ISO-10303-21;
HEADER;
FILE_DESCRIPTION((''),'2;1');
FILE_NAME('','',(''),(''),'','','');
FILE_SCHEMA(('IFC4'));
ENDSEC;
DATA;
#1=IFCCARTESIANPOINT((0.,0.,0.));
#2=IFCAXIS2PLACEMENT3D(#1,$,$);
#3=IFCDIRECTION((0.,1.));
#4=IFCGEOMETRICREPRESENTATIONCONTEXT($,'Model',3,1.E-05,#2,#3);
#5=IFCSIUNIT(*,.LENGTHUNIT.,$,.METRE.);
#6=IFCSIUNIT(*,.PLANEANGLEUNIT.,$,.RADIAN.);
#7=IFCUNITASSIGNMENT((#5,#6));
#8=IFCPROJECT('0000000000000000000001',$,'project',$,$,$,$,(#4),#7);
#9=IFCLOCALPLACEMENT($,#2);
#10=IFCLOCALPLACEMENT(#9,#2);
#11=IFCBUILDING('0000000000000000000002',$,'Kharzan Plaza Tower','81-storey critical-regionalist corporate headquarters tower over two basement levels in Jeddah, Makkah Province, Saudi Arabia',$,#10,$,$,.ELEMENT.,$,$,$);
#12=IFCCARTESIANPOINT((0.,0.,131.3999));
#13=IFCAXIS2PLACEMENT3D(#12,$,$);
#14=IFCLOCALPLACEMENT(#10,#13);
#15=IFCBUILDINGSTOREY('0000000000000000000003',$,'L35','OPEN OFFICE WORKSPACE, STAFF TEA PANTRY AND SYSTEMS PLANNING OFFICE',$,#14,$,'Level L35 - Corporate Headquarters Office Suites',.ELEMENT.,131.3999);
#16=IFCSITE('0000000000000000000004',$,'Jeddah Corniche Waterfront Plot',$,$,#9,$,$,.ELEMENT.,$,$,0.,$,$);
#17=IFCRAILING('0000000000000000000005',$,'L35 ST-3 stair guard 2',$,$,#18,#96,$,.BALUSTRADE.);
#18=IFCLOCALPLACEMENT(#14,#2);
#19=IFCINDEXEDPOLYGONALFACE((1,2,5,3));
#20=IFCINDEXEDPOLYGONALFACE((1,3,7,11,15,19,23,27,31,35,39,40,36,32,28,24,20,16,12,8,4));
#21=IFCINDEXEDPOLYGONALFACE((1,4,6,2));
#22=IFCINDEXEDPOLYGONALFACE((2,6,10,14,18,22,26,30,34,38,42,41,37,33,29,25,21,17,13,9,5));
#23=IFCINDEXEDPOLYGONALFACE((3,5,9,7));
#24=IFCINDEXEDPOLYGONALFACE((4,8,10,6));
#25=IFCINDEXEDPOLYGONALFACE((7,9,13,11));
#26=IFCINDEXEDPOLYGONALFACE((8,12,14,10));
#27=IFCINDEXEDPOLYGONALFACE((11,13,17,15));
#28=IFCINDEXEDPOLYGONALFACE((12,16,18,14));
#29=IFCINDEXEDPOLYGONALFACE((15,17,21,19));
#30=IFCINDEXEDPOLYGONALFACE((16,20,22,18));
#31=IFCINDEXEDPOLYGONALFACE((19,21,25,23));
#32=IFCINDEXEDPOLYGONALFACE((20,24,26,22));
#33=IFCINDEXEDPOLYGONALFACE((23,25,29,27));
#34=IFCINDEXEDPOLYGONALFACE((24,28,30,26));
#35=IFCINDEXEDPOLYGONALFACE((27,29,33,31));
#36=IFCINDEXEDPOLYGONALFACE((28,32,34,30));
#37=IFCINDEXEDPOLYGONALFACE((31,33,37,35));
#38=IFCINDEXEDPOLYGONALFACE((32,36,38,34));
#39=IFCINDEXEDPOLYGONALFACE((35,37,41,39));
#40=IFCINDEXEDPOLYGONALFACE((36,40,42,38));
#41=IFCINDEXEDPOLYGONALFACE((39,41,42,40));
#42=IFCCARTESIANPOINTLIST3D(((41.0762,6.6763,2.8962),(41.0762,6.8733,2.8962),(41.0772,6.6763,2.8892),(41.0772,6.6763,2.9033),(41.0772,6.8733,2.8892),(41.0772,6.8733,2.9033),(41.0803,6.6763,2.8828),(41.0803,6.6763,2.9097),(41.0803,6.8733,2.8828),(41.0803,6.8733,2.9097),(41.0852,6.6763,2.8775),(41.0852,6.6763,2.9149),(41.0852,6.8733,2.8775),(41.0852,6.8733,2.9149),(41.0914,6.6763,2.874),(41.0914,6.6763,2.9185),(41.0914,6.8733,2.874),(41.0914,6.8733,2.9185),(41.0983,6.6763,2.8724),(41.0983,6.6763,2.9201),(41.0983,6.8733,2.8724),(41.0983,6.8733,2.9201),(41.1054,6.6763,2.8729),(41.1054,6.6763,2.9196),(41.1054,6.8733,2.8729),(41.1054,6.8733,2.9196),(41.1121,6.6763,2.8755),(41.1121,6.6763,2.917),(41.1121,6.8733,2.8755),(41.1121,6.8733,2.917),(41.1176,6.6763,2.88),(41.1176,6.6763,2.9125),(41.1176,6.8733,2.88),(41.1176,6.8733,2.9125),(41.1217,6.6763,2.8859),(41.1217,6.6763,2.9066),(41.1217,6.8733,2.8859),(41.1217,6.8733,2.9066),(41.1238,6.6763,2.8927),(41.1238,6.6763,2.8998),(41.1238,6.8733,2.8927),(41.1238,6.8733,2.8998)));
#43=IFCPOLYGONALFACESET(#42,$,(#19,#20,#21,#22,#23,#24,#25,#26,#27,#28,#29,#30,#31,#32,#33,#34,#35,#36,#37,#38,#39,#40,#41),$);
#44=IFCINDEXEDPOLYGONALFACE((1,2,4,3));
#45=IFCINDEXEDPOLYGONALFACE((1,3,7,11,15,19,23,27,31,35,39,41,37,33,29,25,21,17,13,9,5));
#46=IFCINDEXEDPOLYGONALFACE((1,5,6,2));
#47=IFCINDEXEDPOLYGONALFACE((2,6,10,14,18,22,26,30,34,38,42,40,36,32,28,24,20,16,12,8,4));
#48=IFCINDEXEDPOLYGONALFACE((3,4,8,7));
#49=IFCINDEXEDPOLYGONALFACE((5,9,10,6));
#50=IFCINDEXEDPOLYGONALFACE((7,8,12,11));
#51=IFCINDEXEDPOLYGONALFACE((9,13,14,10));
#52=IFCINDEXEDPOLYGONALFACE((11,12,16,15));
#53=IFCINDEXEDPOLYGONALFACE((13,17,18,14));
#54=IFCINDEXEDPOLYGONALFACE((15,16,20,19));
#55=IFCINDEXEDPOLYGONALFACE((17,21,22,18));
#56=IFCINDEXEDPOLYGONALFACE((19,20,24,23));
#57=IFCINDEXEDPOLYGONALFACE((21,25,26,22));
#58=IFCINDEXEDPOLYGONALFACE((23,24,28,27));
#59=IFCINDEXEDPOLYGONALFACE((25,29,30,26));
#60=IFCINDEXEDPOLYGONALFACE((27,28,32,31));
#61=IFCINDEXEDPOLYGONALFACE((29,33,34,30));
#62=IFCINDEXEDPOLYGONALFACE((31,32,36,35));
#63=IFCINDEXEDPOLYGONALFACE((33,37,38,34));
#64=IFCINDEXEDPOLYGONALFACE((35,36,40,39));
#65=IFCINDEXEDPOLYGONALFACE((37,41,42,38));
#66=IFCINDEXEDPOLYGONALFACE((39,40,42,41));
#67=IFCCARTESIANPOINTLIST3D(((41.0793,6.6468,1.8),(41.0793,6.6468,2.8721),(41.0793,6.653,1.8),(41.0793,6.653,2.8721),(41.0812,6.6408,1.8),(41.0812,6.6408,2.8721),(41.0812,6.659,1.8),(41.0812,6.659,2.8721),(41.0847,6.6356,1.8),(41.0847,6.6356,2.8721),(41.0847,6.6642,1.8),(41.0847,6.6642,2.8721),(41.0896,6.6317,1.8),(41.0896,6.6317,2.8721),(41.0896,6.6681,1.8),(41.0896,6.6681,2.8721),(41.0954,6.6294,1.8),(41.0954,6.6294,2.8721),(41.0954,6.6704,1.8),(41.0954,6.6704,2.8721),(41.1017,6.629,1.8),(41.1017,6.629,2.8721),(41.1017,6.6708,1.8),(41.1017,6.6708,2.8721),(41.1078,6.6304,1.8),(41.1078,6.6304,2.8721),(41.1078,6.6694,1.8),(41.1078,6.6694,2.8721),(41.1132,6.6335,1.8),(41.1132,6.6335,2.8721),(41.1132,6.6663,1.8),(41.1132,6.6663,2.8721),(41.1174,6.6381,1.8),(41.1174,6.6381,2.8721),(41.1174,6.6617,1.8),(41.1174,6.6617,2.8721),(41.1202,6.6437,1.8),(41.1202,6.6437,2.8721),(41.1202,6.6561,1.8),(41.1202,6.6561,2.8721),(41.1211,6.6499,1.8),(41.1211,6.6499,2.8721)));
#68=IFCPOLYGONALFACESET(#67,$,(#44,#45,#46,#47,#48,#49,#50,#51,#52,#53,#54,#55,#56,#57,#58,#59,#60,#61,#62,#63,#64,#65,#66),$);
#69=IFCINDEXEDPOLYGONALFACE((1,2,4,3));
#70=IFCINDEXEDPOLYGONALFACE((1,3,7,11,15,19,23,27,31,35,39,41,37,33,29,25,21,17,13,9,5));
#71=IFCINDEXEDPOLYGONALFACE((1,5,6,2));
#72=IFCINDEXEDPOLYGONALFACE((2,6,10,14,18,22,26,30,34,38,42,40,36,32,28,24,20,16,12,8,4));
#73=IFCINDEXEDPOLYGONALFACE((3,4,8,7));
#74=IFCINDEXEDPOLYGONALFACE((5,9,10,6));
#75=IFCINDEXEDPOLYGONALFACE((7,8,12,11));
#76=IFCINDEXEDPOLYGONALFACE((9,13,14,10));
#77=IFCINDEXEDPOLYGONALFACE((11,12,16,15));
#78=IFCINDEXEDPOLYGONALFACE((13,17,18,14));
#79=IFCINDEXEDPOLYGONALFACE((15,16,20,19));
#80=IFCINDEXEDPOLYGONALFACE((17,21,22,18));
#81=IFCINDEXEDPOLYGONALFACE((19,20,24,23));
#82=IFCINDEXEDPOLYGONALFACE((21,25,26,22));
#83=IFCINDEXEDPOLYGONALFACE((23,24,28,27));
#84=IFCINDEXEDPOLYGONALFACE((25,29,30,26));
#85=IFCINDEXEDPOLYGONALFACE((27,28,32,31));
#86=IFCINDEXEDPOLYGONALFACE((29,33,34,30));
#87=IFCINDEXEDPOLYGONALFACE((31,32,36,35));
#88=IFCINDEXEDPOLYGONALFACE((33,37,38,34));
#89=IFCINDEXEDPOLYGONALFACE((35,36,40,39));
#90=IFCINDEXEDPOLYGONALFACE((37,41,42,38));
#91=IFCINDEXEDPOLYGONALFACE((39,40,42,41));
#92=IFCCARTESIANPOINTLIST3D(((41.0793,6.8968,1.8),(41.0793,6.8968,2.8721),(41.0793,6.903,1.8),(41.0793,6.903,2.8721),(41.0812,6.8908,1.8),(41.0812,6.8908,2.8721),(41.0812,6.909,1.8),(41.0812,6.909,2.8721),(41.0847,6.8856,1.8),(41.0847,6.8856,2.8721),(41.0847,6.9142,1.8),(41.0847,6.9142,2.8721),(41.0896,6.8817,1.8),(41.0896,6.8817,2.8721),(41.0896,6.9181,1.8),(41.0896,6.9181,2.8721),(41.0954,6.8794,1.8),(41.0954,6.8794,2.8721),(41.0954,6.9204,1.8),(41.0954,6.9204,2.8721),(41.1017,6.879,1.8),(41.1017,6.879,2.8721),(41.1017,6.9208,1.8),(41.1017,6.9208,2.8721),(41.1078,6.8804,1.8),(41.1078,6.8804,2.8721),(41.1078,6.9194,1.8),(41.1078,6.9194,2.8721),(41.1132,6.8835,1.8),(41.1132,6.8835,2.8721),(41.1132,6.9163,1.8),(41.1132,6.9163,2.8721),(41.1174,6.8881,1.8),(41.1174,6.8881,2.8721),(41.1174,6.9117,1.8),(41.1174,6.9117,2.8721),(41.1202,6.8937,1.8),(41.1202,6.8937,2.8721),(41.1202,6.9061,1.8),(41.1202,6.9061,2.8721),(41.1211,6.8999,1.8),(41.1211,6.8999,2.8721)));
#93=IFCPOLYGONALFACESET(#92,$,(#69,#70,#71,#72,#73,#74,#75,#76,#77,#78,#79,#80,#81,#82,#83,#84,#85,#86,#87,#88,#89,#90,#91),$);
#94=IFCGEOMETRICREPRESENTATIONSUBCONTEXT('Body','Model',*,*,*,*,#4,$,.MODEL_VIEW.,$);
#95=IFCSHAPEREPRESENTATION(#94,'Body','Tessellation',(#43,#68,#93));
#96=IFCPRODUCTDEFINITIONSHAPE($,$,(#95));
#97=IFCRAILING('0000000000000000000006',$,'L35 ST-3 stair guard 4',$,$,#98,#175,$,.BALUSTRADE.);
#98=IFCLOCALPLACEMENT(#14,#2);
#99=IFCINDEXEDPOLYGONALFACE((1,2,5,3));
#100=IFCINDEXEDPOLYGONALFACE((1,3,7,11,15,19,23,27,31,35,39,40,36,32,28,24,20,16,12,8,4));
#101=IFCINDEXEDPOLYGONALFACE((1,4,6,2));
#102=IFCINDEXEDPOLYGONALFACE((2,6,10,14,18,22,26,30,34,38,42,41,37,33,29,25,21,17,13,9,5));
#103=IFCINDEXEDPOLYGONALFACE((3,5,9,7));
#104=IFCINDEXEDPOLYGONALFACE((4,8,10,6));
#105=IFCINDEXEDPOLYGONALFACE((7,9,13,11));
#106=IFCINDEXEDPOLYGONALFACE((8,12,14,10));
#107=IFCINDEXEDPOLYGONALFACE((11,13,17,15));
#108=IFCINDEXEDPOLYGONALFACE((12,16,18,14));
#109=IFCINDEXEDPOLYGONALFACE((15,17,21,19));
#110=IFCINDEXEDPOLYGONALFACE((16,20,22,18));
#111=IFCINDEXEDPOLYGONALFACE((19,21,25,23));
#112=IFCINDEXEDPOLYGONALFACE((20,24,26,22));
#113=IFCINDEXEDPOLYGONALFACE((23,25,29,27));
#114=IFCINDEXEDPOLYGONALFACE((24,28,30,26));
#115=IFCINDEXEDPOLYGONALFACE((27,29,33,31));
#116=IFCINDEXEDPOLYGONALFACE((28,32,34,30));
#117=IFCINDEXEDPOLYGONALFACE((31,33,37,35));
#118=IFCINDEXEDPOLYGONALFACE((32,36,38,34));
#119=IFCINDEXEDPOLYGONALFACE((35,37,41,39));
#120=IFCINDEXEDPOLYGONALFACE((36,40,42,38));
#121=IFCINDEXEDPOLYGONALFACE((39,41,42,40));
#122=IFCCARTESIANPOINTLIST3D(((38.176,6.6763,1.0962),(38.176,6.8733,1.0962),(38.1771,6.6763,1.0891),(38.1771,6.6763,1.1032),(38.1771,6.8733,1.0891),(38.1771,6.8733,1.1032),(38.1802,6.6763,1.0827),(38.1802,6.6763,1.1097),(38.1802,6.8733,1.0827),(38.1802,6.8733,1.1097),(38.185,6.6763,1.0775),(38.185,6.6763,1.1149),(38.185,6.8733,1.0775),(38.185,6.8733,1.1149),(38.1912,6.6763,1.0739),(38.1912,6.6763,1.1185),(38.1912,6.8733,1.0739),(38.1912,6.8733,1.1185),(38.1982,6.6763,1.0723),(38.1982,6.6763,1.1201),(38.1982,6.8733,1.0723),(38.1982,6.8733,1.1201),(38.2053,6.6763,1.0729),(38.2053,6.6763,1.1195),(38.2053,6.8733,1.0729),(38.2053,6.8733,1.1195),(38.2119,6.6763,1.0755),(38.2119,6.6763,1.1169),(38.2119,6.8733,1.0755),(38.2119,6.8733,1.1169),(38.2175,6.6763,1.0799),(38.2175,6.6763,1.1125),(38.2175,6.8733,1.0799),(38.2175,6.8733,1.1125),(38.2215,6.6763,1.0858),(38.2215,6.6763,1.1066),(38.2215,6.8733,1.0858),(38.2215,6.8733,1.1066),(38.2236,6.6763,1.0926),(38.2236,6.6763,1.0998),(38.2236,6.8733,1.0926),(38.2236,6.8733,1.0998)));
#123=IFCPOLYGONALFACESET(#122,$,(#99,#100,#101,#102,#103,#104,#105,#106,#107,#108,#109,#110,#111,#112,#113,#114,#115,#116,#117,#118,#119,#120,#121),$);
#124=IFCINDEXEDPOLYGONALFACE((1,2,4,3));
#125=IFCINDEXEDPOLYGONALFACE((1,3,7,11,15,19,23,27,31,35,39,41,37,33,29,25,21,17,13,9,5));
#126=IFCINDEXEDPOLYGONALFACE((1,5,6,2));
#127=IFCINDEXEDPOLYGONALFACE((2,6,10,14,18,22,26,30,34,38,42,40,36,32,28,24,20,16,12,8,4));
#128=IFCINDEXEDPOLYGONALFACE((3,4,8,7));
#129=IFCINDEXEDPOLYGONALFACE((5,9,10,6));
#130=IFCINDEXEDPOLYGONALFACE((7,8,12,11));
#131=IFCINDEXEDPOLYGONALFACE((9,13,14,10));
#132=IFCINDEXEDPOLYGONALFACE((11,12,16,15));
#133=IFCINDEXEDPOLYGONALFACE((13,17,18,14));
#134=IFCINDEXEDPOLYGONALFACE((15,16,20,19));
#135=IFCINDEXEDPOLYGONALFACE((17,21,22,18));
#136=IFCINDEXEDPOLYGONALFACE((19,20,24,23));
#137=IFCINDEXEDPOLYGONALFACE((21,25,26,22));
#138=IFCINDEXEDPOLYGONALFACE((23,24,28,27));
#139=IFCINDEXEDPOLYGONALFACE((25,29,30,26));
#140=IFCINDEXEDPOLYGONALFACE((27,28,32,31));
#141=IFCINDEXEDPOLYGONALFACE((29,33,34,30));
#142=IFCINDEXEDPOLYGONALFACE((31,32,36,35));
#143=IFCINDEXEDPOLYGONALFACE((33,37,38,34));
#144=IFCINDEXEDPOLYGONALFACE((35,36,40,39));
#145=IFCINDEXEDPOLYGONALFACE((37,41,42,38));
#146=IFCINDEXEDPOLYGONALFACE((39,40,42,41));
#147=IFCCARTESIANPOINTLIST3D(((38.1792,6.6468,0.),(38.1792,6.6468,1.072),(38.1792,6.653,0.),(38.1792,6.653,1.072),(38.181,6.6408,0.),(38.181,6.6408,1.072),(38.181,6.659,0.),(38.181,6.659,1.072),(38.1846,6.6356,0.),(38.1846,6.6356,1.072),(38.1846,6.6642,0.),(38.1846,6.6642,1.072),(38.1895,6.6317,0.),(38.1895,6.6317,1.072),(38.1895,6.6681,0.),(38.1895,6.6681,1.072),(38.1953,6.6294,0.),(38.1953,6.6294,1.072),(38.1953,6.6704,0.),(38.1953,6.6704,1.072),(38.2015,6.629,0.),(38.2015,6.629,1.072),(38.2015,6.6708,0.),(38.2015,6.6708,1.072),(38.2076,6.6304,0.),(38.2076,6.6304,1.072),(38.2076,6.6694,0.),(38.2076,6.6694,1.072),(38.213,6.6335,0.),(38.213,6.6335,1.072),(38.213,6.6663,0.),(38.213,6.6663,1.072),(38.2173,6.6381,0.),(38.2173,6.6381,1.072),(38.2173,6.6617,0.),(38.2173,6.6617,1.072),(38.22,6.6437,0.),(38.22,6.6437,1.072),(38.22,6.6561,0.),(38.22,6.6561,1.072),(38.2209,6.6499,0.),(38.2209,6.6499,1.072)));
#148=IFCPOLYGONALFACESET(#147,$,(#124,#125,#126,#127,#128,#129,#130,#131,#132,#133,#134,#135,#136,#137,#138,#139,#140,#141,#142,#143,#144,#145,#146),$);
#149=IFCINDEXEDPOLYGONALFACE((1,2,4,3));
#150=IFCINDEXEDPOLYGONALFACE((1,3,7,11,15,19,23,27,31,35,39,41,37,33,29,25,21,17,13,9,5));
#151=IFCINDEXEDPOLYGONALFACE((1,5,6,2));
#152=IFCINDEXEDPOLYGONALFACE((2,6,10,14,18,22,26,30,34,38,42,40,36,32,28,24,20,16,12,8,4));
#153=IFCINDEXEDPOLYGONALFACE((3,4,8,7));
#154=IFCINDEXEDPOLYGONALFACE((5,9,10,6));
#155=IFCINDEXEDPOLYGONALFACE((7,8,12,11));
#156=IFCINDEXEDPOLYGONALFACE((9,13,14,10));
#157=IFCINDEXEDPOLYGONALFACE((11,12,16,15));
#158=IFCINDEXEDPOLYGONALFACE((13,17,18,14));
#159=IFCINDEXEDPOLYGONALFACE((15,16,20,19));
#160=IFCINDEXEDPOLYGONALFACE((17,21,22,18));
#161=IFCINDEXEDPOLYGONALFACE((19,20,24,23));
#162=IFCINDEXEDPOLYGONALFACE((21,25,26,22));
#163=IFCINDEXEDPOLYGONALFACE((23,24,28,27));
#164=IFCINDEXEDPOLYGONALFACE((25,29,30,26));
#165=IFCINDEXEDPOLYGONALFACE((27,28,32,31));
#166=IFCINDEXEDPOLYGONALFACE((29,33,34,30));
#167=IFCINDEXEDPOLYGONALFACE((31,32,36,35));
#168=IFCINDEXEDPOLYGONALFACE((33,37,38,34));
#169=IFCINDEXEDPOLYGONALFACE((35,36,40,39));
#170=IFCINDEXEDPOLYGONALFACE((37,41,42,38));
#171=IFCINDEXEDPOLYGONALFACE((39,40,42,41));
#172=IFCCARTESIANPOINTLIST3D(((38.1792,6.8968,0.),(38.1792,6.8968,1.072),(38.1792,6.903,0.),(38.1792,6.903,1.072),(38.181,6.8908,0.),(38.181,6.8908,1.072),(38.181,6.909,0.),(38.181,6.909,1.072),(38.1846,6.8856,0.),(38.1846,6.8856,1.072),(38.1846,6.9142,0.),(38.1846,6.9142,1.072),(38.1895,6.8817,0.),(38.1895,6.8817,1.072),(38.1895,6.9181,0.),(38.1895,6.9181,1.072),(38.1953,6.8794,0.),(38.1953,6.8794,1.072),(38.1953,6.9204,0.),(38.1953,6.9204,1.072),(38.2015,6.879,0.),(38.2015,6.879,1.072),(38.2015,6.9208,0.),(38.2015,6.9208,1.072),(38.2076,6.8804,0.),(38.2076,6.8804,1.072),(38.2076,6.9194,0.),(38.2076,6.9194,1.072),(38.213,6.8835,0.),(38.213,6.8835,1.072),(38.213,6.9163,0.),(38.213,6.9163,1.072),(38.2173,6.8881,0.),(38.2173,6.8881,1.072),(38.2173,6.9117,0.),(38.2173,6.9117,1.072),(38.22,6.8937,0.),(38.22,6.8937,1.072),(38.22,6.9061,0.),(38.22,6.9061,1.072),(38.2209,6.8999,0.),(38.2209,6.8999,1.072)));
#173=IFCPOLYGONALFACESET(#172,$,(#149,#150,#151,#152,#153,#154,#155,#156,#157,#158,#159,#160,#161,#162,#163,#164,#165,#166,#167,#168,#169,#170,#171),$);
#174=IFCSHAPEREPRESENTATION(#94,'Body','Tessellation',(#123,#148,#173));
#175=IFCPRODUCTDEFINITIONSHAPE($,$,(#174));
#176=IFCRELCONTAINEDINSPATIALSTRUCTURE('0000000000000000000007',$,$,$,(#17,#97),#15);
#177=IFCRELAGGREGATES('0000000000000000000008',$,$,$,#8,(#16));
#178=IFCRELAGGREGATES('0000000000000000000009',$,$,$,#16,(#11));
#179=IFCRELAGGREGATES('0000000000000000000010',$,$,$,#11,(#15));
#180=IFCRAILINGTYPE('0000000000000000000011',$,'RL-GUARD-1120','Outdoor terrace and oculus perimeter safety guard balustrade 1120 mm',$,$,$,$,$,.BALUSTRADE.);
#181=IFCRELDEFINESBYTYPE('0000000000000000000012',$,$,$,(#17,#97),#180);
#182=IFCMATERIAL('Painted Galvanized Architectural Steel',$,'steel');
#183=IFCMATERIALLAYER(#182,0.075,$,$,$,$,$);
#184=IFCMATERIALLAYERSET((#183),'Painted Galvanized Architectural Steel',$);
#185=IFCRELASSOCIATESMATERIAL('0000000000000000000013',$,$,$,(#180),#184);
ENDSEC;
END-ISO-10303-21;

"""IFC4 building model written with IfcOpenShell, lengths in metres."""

from ifc_helpers import new_model, si_unit, direction, frame, origin, origin_2d, place, context, subcontext, project, spatial, circle, extrude, source, transform, mapped, material, layer, layer_set, type_object, element, save


model = new_model("IFC4")

# Units and contexts
model_context = context("Model", 3, precision=1e-05, world=origin(), true_north=direction((0.0, 1.0)))
body_context = subcontext(model_context, "Body", "Model", "MODEL_VIEW")
ifc_project = project(units=[si_unit("LENGTHUNIT", "METRE"), si_unit("PLANEANGLEUNIT", "RADIAN")], contexts=[model_context])

# Site, building, storey
site_placement = place(None, origin())
site = spatial("IfcSite", under=ifc_project, at=site_placement, Name="Jeddah Corniche Waterfront Plot", CompositionType="ELEMENT", RefElevation=0.0)
building_placement = place(site_placement, origin())
building = spatial("IfcBuilding", under=site, at=building_placement, Name="Kharzan Plaza Tower", Description="81-storey critical-regionalist corporate headquarters tower over two basement levels in Jeddah, Makkah Province, Saudi Arabia", CompositionType="ELEMENT")
storey_placement = place(building_placement, frame((0.0, 0.0, 131.3999)))
storey = spatial("IfcBuildingStorey", under=building, at=storey_placement, Name="L35", Description="OPEN OFFICE WORKSPACE, STAFF TEA PANTRY AND SYSTEMS PLANNING OFFICE", LongName="Level L35 - Corporate Headquarters Office Suites", CompositionType="ELEMENT", Elevation=131.3999)

# Railings
ifc_material_1 = material(Name="Painted Galvanized Architectural Steel", Category="steel")
ifc_layer_1 = layer(ifc_material_1, 0.075)
ifc_layer_set_1 = layer_set([ifc_layer_1], Name="Painted Galvanized Architectural Steel")
railing_type_1 = type_object("IfcRailingType", Name="RL-GUARD-1120", Description="Outdoor terrace and oculus perimeter safety guard balustrade 1120 mm", PredefinedType="BALUSTRADE", material=ifc_layer_set_1)
shared_shape_1 = source(origin(), body_context, "Body", "SweptSolid", [
    extrude(circle(Radius=0.0239, at=origin_2d()), frame((0.0, 0.0264, 1.0962), z_axis=(0.0, 1.0, 0.0), x_axis=(-1.0, 0.0, 0.0)), (0.0, 0.0, 1.0), 0.197),
    extrude(circle(Radius=0.021, at=origin_2d()), origin(), (0.0, 0.0, 1.0), 1.072),
    extrude(circle(Radius=0.021, at=origin_2d()), frame((0.0, 0.25, 0.0)), (0.0, 0.0, 1.0), 1.072),
])
for number, where, name in (
    (1, (41.1001, 6.6499, 1.8), "L35 ST-3 stair guard 2"),
    (2, (38.2, 6.6499, 0.0), "L35 ST-3 stair guard 4"),
):
    element("IfcRailing", number, at=place(storey_placement, frame(where)), inside=storey, type_object=railing_type_1, Name=name, PredefinedType="BALUSTRADE", context=body_context, shape_type="MappedRepresentation", body=[
        mapped(shared_shape_1, transform((0.0, 0.0, 0.0), x_axis=(1.0, 0.0, 0.0), y_axis=(0.0, 1.0, 0.0), z_axis=(0.0, 0.0, 1.0))),
    ])

save(model, "model.ifc")
